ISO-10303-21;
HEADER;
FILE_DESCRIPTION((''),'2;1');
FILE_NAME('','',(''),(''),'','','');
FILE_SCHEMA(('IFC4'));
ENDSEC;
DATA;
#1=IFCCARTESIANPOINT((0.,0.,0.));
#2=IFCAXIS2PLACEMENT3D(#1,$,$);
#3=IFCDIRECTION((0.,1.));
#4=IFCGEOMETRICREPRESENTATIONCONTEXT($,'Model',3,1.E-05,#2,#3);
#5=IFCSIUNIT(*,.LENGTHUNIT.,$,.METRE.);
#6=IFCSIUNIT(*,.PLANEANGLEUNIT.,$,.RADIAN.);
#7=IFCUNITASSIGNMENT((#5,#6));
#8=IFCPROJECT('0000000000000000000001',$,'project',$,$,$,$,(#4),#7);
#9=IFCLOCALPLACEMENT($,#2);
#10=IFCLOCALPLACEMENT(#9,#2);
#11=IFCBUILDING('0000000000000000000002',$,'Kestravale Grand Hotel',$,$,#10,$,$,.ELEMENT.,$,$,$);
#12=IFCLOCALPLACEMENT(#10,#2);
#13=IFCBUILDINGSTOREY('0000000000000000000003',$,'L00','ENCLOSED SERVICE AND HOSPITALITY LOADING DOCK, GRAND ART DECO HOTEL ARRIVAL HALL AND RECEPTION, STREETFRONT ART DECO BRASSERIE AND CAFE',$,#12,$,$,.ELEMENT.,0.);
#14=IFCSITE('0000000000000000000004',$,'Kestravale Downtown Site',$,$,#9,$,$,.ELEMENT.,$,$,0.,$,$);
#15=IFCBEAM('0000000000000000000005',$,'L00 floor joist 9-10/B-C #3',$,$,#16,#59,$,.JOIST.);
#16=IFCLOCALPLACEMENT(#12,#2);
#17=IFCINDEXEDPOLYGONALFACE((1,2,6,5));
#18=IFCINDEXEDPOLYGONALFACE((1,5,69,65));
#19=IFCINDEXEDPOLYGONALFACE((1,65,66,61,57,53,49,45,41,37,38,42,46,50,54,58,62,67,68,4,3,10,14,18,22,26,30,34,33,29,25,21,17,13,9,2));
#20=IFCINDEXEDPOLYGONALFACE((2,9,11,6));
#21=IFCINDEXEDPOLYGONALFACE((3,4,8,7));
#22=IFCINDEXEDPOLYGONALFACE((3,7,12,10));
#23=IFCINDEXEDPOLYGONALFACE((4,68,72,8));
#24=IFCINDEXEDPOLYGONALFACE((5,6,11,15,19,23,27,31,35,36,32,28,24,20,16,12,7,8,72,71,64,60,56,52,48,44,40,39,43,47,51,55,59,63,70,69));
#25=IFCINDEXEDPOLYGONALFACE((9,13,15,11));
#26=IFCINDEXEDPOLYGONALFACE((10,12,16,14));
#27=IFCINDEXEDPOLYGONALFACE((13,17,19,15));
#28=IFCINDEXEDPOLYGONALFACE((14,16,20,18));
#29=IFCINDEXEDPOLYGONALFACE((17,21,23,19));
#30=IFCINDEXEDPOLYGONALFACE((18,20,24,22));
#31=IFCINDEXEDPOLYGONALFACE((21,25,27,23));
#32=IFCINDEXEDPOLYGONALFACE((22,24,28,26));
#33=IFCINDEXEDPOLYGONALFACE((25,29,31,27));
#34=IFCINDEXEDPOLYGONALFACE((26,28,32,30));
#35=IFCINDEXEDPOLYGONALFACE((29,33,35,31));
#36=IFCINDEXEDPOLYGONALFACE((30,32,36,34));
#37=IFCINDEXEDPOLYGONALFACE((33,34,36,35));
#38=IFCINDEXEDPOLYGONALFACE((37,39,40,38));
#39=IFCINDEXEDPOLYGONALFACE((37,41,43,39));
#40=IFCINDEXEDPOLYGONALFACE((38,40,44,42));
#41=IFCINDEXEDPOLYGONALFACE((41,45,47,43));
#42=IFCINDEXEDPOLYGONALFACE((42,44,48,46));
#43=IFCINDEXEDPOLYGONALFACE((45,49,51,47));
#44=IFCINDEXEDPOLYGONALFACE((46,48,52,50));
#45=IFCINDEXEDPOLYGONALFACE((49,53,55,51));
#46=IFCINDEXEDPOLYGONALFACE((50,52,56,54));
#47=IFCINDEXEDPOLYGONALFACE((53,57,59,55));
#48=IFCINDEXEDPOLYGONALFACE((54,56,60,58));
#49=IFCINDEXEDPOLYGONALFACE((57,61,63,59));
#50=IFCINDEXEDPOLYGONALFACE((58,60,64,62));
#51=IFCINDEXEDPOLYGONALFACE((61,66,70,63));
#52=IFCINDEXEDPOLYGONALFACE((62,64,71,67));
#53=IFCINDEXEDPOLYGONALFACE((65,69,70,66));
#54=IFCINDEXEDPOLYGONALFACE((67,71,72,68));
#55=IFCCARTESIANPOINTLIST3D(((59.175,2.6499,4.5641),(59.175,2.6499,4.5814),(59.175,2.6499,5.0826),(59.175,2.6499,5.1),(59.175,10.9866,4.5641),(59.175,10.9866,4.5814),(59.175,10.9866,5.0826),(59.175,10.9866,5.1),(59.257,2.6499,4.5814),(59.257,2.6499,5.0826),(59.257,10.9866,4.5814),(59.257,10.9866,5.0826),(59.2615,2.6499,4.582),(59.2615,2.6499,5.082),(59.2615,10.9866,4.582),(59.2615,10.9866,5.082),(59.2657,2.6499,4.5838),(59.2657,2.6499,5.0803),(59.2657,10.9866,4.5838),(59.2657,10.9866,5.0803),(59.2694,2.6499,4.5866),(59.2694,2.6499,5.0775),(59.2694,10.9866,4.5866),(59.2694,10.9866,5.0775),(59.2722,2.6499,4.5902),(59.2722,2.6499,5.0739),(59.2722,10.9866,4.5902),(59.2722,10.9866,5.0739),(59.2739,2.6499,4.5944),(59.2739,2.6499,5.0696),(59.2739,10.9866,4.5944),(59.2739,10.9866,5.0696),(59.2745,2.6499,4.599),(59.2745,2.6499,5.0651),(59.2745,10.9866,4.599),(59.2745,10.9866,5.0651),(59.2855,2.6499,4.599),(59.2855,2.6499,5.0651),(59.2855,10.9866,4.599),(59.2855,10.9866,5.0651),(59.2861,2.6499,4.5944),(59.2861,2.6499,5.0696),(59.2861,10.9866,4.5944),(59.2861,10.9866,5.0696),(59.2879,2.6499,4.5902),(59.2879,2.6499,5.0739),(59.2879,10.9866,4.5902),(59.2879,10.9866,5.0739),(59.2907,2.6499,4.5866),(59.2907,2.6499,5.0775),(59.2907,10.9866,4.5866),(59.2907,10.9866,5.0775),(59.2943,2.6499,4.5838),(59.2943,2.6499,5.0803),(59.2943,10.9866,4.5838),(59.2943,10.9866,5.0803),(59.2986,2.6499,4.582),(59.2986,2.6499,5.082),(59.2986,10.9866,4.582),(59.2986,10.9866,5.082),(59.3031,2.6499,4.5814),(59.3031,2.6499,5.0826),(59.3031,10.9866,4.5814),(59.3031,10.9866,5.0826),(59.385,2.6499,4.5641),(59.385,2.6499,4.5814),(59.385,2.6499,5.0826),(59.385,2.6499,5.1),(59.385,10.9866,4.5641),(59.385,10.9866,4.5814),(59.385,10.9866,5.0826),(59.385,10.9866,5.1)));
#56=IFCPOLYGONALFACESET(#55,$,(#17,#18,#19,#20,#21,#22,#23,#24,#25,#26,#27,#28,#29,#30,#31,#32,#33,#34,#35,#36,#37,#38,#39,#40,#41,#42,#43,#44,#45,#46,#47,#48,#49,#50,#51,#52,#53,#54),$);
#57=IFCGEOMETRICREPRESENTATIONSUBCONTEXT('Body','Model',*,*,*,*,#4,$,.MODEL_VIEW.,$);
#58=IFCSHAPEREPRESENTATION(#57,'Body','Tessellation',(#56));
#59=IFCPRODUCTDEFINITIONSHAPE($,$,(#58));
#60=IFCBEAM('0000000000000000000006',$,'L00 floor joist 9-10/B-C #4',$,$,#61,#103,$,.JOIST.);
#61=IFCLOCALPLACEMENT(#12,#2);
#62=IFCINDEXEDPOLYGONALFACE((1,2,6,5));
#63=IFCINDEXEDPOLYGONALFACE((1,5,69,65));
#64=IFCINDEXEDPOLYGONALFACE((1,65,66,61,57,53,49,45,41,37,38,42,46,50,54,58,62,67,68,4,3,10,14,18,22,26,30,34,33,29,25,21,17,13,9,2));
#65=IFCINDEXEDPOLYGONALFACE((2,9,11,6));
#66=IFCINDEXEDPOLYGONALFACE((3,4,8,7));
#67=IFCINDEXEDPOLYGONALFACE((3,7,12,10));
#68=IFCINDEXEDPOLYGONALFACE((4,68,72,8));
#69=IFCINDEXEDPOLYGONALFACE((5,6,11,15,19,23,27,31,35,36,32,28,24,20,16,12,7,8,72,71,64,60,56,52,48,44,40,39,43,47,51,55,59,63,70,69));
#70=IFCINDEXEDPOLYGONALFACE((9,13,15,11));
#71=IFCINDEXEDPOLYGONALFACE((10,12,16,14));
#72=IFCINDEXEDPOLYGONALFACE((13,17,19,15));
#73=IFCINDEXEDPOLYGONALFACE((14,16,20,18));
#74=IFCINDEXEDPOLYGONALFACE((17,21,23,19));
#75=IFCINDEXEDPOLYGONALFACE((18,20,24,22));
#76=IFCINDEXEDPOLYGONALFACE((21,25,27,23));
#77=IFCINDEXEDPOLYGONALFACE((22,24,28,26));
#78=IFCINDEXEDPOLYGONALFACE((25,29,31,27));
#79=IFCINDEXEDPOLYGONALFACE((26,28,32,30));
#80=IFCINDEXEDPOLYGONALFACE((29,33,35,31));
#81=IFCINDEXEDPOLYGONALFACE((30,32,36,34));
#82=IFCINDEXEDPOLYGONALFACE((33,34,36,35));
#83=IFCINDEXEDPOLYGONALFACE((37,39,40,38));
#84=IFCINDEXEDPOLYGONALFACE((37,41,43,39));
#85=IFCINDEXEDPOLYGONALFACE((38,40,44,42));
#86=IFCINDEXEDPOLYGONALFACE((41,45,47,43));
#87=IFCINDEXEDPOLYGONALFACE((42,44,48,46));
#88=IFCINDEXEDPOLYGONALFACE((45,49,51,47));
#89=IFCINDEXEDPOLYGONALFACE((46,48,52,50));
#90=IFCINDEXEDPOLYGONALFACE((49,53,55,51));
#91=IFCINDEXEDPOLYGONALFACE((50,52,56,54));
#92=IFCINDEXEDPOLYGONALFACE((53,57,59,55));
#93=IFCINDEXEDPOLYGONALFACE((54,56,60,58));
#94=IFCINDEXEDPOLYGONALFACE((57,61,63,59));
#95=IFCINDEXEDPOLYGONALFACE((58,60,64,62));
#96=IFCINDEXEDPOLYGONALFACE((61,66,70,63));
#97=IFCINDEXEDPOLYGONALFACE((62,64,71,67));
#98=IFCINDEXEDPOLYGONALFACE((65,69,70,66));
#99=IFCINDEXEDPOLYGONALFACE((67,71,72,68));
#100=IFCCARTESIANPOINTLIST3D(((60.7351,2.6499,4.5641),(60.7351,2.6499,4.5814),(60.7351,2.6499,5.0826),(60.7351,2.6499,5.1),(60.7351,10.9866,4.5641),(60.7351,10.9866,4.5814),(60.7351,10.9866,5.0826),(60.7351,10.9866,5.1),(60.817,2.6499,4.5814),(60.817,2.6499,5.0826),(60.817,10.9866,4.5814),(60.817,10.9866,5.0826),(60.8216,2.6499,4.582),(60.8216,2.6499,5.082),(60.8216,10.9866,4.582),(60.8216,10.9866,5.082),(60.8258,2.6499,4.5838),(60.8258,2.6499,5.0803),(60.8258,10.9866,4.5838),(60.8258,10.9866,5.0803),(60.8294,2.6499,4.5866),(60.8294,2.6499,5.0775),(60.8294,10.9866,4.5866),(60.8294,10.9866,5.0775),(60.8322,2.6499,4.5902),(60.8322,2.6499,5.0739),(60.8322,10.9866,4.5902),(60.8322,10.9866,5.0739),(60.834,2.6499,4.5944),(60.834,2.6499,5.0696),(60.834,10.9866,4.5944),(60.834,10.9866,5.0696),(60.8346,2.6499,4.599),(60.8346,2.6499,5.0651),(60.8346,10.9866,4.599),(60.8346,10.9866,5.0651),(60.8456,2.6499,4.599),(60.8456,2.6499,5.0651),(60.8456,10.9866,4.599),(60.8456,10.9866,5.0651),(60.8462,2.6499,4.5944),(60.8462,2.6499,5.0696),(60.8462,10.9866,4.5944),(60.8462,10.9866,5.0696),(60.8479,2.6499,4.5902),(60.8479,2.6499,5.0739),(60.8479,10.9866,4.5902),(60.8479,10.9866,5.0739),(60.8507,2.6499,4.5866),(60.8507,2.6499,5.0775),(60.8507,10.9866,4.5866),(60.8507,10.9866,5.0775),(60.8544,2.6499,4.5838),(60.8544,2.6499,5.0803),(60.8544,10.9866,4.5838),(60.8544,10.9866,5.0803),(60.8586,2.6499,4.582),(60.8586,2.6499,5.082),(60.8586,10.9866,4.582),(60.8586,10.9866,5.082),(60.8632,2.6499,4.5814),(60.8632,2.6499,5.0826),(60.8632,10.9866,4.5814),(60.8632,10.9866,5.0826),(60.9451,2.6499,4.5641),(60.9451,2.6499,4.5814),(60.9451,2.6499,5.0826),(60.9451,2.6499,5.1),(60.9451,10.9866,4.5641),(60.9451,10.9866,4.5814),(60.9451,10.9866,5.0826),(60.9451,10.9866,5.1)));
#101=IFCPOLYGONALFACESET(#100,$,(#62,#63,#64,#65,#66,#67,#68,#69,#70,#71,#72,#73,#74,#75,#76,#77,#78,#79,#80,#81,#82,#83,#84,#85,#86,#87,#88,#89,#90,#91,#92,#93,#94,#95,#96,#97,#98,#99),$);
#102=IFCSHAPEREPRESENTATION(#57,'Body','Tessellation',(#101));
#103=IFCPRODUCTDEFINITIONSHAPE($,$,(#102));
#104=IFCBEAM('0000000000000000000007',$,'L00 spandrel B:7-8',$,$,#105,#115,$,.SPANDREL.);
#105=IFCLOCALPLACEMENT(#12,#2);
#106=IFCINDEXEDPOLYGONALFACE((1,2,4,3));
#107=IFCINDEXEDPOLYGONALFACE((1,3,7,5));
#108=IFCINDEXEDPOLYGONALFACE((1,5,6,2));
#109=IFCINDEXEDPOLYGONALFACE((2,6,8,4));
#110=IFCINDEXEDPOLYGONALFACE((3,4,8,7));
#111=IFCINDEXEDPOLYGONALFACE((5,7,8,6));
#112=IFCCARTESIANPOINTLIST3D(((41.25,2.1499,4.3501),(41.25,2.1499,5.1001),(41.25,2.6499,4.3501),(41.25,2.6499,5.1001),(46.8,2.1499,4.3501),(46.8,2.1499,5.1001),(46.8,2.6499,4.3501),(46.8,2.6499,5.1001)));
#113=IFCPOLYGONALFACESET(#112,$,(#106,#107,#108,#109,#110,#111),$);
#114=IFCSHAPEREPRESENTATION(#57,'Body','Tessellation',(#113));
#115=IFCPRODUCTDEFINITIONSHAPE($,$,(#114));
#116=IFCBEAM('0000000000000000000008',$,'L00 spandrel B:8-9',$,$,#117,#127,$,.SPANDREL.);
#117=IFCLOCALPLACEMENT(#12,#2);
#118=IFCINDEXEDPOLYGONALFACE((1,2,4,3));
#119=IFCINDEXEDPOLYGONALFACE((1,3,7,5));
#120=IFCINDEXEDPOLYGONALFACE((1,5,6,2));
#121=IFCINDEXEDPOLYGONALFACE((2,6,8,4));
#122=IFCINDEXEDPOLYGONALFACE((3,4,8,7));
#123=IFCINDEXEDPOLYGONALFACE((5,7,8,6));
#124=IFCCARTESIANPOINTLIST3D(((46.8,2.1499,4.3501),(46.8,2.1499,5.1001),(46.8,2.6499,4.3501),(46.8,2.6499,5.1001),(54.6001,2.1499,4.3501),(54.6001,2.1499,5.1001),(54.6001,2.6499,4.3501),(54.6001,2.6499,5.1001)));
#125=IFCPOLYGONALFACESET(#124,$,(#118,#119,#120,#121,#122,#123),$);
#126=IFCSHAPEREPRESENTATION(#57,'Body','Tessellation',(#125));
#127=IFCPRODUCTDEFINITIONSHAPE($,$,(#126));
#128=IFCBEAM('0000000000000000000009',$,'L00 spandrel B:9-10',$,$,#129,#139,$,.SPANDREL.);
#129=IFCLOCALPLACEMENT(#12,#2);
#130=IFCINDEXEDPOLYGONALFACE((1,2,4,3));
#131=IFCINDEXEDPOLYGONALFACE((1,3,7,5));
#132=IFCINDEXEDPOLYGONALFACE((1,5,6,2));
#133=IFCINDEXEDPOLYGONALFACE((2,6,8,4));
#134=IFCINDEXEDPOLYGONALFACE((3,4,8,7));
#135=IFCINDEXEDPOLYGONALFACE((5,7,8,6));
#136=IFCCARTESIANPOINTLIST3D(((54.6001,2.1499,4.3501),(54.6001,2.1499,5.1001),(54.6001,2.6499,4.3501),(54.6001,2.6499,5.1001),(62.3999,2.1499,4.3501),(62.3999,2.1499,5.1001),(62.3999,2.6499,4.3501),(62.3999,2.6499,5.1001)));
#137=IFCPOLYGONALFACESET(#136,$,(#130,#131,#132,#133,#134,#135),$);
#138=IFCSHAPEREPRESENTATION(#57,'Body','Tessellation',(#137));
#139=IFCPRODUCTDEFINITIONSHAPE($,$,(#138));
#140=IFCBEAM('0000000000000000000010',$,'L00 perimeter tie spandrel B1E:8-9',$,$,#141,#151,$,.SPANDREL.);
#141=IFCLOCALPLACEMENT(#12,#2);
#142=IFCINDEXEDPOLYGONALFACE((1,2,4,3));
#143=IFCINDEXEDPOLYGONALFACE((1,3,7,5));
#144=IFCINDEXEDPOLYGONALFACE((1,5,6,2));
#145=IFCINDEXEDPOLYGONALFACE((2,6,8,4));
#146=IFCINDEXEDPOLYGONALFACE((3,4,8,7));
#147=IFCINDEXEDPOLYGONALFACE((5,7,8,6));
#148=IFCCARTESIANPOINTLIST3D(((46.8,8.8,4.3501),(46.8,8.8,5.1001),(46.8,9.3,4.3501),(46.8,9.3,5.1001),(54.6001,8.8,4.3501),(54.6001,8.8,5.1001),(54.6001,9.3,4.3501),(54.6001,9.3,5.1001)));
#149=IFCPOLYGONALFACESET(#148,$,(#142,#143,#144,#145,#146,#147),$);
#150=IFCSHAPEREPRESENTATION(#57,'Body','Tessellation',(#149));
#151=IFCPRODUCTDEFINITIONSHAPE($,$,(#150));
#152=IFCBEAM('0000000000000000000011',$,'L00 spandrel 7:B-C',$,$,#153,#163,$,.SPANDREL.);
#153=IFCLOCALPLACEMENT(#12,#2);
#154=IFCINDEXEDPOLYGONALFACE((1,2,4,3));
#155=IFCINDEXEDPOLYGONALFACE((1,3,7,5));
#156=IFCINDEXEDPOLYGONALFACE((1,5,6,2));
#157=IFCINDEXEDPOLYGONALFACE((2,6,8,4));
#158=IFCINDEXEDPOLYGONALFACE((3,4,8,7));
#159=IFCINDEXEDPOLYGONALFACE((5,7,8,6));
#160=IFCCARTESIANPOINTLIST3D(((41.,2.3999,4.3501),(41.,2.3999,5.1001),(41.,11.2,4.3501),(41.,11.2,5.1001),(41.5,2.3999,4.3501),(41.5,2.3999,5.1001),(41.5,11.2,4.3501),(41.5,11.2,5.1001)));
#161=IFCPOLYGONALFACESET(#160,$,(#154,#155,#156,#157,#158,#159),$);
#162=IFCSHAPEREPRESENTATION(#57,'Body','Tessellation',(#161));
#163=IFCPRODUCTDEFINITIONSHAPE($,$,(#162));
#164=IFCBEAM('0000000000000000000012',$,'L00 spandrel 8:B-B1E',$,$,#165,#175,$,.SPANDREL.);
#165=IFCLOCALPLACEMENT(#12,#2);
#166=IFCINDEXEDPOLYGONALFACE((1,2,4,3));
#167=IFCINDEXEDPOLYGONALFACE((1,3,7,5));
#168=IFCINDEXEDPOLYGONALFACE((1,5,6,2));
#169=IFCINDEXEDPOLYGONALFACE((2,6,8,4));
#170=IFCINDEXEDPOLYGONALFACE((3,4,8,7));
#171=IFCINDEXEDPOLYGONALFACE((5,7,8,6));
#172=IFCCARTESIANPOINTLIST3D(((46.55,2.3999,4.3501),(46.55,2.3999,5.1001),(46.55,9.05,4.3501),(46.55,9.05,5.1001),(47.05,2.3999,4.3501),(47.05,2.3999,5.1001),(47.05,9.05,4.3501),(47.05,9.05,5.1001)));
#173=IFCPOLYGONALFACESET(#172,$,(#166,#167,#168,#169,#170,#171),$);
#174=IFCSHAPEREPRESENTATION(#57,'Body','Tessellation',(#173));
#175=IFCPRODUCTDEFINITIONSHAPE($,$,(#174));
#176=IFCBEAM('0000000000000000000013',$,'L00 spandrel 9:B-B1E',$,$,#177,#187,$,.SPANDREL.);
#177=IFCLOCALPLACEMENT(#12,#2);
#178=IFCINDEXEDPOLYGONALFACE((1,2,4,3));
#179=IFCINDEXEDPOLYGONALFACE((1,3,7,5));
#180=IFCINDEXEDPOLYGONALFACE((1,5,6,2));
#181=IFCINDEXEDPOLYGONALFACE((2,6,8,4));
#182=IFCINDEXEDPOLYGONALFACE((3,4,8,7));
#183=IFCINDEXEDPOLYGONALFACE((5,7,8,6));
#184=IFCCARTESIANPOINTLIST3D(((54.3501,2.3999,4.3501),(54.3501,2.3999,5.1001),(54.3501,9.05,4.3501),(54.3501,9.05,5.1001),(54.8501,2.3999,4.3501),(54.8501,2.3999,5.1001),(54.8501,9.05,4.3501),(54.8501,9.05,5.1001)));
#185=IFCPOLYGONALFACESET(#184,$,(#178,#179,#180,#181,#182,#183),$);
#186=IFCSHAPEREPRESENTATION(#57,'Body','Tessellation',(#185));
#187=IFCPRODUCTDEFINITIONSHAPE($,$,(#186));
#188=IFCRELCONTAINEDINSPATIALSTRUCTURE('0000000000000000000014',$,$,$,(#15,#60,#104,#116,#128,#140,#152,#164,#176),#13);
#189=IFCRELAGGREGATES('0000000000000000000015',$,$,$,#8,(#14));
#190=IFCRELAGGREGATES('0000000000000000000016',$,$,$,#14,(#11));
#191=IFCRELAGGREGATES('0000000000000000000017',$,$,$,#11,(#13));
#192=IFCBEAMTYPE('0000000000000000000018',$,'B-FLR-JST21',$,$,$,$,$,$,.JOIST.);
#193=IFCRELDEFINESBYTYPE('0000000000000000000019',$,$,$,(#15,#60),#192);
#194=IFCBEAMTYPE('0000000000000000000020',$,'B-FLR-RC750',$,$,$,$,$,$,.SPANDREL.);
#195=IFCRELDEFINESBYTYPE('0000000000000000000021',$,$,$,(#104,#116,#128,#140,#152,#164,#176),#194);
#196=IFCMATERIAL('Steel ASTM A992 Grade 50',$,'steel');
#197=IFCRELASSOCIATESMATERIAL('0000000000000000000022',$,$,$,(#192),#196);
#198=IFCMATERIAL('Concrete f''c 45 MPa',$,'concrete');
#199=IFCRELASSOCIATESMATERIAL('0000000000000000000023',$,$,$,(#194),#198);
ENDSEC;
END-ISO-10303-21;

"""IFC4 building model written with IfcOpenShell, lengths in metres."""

from ifc_helpers import new_model, si_unit, direction, frame, origin, origin_2d, place, context, subcontext, project, spatial, rectangle, i_section, extrude, material, material_profile, profile_set, type_object, element, save


model = new_model("IFC4")

# Units and contexts
model_context = context("Model", 3, precision=1e-05, world=origin(), true_north=direction((0.0, 1.0)))
body_context = subcontext(model_context, "Body", "Model", "MODEL_VIEW")
ifc_project = project(units=[si_unit("LENGTHUNIT", "METRE"), si_unit("PLANEANGLEUNIT", "RADIAN")], contexts=[model_context])

# Site, building, storey
site_placement = place(None, origin())
site = spatial("IfcSite", under=ifc_project, at=site_placement, Name="Kestravale Downtown Site", CompositionType="ELEMENT", RefElevation=0.0)
building_placement = place(site_placement, origin())
building = spatial("IfcBuilding", under=site, at=building_placement, Name="Kestravale Grand Hotel", CompositionType="ELEMENT")
storey_placement = place(building_placement, origin())
storey = spatial("IfcBuildingStorey", under=building, at=storey_placement, Name="L00", Description="ENCLOSED SERVICE AND HOSPITALITY LOADING DOCK, GRAND ART DECO HOTEL ARRIVAL HALL AND RECEPTION, STREETFRONT ART DECO BRASSERIE AND CAFE", CompositionType="ELEMENT", Elevation=0.0)

# Beams
ifc_material_1 = material(Name="Steel ASTM A992 Grade 50", Category="steel")
ifc_material_profile_1 = material_profile(ifc_material_1, i_section(OverallWidth=0.21, OverallDepth=0.5359, WebThickness=0.011, FlangeThickness=0.0173, FilletRadius=0.0176, at=origin_2d()))
ifc_profile_set_1 = profile_set([ifc_material_profile_1], Name="Steel ASTM A992 Grade 50")
beam_type_1 = type_object("IfcBeamType", Name="B-FLR-JST21", PredefinedType="JOIST", material=ifc_profile_set_1)
for number, where, z_axis, x_axis, name in (
    (1, (59.28, 2.6499, 4.832), (0.0, 1.0, 0.0), (-1.0, 0.0, 0.0), "L00 floor joist 9-10/B-C #3"),
    (2, (60.8401, 2.6499, 4.832), (0.0, 1.0, 0.0), (-1.0, 0.0, 0.0), "L00 floor joist 9-10/B-C #4"),
):
    element("IfcBeam", number, at=place(storey_placement, frame(where, z_axis=z_axis, x_axis=x_axis)), inside=storey, type_object=beam_type_1, Name=name, PredefinedType="JOIST", context=body_context, shape_type="SweptSolid", body=[
        extrude(i_section(OverallWidth=0.21, OverallDepth=0.5359, WebThickness=0.011, FlangeThickness=0.0173, FilletRadius=0.0176, at=origin_2d()), origin(), (0.0, 0.0, 1.0), 8.3367),
    ])
ifc_material_2 = material(Name="Concrete f'c 45 MPa", Category="concrete")
ifc_material_profile_2 = material_profile(ifc_material_2, rectangle(XDim=0.5, YDim=0.75, at=origin_2d()))
ifc_profile_set_2 = profile_set([ifc_material_profile_2], Name="Concrete f'c 45 MPa")
beam_type_2 = type_object("IfcBeamType", Name="B-FLR-RC750", PredefinedType="SPANDREL", material=ifc_profile_set_2)
beam_1_placement = place(storey_placement, frame((41.25, 2.3999, 4.7251), z_axis=(1.0, 0.0, 0.0), x_axis=(0.0, 1.0, 0.0)))
element("IfcBeam", 3, at=beam_1_placement, inside=storey, type_object=beam_type_2, Name="L00 spandrel B:7-8", PredefinedType="SPANDREL", context=body_context, shape_type="SweptSolid", body=[
    extrude(rectangle(XDim=0.5, YDim=0.75, at=origin_2d()), origin(), (0.0, 0.0, 1.0), 5.55),
])
beam_2_placement = place(storey_placement, frame((46.8, 2.3999, 4.7251), z_axis=(1.0, 0.0, 0.0), x_axis=(0.0, 1.0, 0.0)))
element("IfcBeam", 4, at=beam_2_placement, inside=storey, type_object=beam_type_2, Name="L00 spandrel B:8-9", PredefinedType="SPANDREL", context=body_context, shape_type="SweptSolid", body=[
    extrude(rectangle(XDim=0.5, YDim=0.75, at=origin_2d()), origin(), (0.0, 0.0, 1.0), 7.8),
])
beam_3_placement = place(storey_placement, frame((54.6001, 2.3999, 4.7251), z_axis=(1.0, 0.0, 0.0), x_axis=(0.0, 1.0, 0.0)))
element("IfcBeam", 5, at=beam_3_placement, inside=storey, type_object=beam_type_2, Name="L00 spandrel B:9-10", PredefinedType="SPANDREL", context=body_context, shape_type="SweptSolid", body=[
    extrude(rectangle(XDim=0.5, YDim=0.75, at=origin_2d()), origin(), (0.0, 0.0, 1.0), 7.7998),
])
beam_4_placement = place(storey_placement, frame((46.8, 9.05, 4.7251), z_axis=(1.0, 0.0, 0.0), x_axis=(0.0, 1.0, 0.0)))
element("IfcBeam", 6, at=beam_4_placement, inside=storey, type_object=beam_type_2, Name="L00 perimeter tie spandrel B1E:8-9", PredefinedType="SPANDREL", context=body_context, shape_type="SweptSolid", body=[
    extrude(rectangle(XDim=0.5, YDim=0.75, at=origin_2d()), origin(), (0.0, 0.0, 1.0), 7.8),
])
beam_5_placement = place(storey_placement, frame((41.25, 2.3999, 4.7251), z_axis=(0.0, 1.0, 0.0), x_axis=(-1.0, 0.0, 0.0)))
element("IfcBeam", 7, at=beam_5_placement, inside=storey, type_object=beam_type_2, Name="L00 spandrel 7:B-C", PredefinedType="SPANDREL", context=body_context, shape_type="SweptSolid", body=[
    extrude(rectangle(XDim=0.5, YDim=0.75, at=origin_2d()), origin(), (0.0, 0.0, 1.0), 8.8),
])
for number, where, z_axis, x_axis, name in (
    (8, (46.8, 2.3999, 4.7251), (0.0, 1.0, 0.0), (-1.0, 0.0, 0.0), "L00 spandrel 8:B-B1E"),
    (9, (54.6001, 2.3999, 4.7251), (0.0, 1.0, 0.0), (-1.0, 0.0, 0.0), "L00 spandrel 9:B-B1E"),
):
    element("IfcBeam", number, at=place(storey_placement, frame(where, z_axis=z_axis, x_axis=x_axis)), inside=storey, type_object=beam_type_2, Name=name, PredefinedType="SPANDREL", context=body_context, shape_type="SweptSolid", body=[
        extrude(rectangle(XDim=0.5, YDim=0.75, at=origin_2d()), origin(), (0.0, 0.0, 1.0), 6.6501),
    ])

save(model, "model.ifc")
